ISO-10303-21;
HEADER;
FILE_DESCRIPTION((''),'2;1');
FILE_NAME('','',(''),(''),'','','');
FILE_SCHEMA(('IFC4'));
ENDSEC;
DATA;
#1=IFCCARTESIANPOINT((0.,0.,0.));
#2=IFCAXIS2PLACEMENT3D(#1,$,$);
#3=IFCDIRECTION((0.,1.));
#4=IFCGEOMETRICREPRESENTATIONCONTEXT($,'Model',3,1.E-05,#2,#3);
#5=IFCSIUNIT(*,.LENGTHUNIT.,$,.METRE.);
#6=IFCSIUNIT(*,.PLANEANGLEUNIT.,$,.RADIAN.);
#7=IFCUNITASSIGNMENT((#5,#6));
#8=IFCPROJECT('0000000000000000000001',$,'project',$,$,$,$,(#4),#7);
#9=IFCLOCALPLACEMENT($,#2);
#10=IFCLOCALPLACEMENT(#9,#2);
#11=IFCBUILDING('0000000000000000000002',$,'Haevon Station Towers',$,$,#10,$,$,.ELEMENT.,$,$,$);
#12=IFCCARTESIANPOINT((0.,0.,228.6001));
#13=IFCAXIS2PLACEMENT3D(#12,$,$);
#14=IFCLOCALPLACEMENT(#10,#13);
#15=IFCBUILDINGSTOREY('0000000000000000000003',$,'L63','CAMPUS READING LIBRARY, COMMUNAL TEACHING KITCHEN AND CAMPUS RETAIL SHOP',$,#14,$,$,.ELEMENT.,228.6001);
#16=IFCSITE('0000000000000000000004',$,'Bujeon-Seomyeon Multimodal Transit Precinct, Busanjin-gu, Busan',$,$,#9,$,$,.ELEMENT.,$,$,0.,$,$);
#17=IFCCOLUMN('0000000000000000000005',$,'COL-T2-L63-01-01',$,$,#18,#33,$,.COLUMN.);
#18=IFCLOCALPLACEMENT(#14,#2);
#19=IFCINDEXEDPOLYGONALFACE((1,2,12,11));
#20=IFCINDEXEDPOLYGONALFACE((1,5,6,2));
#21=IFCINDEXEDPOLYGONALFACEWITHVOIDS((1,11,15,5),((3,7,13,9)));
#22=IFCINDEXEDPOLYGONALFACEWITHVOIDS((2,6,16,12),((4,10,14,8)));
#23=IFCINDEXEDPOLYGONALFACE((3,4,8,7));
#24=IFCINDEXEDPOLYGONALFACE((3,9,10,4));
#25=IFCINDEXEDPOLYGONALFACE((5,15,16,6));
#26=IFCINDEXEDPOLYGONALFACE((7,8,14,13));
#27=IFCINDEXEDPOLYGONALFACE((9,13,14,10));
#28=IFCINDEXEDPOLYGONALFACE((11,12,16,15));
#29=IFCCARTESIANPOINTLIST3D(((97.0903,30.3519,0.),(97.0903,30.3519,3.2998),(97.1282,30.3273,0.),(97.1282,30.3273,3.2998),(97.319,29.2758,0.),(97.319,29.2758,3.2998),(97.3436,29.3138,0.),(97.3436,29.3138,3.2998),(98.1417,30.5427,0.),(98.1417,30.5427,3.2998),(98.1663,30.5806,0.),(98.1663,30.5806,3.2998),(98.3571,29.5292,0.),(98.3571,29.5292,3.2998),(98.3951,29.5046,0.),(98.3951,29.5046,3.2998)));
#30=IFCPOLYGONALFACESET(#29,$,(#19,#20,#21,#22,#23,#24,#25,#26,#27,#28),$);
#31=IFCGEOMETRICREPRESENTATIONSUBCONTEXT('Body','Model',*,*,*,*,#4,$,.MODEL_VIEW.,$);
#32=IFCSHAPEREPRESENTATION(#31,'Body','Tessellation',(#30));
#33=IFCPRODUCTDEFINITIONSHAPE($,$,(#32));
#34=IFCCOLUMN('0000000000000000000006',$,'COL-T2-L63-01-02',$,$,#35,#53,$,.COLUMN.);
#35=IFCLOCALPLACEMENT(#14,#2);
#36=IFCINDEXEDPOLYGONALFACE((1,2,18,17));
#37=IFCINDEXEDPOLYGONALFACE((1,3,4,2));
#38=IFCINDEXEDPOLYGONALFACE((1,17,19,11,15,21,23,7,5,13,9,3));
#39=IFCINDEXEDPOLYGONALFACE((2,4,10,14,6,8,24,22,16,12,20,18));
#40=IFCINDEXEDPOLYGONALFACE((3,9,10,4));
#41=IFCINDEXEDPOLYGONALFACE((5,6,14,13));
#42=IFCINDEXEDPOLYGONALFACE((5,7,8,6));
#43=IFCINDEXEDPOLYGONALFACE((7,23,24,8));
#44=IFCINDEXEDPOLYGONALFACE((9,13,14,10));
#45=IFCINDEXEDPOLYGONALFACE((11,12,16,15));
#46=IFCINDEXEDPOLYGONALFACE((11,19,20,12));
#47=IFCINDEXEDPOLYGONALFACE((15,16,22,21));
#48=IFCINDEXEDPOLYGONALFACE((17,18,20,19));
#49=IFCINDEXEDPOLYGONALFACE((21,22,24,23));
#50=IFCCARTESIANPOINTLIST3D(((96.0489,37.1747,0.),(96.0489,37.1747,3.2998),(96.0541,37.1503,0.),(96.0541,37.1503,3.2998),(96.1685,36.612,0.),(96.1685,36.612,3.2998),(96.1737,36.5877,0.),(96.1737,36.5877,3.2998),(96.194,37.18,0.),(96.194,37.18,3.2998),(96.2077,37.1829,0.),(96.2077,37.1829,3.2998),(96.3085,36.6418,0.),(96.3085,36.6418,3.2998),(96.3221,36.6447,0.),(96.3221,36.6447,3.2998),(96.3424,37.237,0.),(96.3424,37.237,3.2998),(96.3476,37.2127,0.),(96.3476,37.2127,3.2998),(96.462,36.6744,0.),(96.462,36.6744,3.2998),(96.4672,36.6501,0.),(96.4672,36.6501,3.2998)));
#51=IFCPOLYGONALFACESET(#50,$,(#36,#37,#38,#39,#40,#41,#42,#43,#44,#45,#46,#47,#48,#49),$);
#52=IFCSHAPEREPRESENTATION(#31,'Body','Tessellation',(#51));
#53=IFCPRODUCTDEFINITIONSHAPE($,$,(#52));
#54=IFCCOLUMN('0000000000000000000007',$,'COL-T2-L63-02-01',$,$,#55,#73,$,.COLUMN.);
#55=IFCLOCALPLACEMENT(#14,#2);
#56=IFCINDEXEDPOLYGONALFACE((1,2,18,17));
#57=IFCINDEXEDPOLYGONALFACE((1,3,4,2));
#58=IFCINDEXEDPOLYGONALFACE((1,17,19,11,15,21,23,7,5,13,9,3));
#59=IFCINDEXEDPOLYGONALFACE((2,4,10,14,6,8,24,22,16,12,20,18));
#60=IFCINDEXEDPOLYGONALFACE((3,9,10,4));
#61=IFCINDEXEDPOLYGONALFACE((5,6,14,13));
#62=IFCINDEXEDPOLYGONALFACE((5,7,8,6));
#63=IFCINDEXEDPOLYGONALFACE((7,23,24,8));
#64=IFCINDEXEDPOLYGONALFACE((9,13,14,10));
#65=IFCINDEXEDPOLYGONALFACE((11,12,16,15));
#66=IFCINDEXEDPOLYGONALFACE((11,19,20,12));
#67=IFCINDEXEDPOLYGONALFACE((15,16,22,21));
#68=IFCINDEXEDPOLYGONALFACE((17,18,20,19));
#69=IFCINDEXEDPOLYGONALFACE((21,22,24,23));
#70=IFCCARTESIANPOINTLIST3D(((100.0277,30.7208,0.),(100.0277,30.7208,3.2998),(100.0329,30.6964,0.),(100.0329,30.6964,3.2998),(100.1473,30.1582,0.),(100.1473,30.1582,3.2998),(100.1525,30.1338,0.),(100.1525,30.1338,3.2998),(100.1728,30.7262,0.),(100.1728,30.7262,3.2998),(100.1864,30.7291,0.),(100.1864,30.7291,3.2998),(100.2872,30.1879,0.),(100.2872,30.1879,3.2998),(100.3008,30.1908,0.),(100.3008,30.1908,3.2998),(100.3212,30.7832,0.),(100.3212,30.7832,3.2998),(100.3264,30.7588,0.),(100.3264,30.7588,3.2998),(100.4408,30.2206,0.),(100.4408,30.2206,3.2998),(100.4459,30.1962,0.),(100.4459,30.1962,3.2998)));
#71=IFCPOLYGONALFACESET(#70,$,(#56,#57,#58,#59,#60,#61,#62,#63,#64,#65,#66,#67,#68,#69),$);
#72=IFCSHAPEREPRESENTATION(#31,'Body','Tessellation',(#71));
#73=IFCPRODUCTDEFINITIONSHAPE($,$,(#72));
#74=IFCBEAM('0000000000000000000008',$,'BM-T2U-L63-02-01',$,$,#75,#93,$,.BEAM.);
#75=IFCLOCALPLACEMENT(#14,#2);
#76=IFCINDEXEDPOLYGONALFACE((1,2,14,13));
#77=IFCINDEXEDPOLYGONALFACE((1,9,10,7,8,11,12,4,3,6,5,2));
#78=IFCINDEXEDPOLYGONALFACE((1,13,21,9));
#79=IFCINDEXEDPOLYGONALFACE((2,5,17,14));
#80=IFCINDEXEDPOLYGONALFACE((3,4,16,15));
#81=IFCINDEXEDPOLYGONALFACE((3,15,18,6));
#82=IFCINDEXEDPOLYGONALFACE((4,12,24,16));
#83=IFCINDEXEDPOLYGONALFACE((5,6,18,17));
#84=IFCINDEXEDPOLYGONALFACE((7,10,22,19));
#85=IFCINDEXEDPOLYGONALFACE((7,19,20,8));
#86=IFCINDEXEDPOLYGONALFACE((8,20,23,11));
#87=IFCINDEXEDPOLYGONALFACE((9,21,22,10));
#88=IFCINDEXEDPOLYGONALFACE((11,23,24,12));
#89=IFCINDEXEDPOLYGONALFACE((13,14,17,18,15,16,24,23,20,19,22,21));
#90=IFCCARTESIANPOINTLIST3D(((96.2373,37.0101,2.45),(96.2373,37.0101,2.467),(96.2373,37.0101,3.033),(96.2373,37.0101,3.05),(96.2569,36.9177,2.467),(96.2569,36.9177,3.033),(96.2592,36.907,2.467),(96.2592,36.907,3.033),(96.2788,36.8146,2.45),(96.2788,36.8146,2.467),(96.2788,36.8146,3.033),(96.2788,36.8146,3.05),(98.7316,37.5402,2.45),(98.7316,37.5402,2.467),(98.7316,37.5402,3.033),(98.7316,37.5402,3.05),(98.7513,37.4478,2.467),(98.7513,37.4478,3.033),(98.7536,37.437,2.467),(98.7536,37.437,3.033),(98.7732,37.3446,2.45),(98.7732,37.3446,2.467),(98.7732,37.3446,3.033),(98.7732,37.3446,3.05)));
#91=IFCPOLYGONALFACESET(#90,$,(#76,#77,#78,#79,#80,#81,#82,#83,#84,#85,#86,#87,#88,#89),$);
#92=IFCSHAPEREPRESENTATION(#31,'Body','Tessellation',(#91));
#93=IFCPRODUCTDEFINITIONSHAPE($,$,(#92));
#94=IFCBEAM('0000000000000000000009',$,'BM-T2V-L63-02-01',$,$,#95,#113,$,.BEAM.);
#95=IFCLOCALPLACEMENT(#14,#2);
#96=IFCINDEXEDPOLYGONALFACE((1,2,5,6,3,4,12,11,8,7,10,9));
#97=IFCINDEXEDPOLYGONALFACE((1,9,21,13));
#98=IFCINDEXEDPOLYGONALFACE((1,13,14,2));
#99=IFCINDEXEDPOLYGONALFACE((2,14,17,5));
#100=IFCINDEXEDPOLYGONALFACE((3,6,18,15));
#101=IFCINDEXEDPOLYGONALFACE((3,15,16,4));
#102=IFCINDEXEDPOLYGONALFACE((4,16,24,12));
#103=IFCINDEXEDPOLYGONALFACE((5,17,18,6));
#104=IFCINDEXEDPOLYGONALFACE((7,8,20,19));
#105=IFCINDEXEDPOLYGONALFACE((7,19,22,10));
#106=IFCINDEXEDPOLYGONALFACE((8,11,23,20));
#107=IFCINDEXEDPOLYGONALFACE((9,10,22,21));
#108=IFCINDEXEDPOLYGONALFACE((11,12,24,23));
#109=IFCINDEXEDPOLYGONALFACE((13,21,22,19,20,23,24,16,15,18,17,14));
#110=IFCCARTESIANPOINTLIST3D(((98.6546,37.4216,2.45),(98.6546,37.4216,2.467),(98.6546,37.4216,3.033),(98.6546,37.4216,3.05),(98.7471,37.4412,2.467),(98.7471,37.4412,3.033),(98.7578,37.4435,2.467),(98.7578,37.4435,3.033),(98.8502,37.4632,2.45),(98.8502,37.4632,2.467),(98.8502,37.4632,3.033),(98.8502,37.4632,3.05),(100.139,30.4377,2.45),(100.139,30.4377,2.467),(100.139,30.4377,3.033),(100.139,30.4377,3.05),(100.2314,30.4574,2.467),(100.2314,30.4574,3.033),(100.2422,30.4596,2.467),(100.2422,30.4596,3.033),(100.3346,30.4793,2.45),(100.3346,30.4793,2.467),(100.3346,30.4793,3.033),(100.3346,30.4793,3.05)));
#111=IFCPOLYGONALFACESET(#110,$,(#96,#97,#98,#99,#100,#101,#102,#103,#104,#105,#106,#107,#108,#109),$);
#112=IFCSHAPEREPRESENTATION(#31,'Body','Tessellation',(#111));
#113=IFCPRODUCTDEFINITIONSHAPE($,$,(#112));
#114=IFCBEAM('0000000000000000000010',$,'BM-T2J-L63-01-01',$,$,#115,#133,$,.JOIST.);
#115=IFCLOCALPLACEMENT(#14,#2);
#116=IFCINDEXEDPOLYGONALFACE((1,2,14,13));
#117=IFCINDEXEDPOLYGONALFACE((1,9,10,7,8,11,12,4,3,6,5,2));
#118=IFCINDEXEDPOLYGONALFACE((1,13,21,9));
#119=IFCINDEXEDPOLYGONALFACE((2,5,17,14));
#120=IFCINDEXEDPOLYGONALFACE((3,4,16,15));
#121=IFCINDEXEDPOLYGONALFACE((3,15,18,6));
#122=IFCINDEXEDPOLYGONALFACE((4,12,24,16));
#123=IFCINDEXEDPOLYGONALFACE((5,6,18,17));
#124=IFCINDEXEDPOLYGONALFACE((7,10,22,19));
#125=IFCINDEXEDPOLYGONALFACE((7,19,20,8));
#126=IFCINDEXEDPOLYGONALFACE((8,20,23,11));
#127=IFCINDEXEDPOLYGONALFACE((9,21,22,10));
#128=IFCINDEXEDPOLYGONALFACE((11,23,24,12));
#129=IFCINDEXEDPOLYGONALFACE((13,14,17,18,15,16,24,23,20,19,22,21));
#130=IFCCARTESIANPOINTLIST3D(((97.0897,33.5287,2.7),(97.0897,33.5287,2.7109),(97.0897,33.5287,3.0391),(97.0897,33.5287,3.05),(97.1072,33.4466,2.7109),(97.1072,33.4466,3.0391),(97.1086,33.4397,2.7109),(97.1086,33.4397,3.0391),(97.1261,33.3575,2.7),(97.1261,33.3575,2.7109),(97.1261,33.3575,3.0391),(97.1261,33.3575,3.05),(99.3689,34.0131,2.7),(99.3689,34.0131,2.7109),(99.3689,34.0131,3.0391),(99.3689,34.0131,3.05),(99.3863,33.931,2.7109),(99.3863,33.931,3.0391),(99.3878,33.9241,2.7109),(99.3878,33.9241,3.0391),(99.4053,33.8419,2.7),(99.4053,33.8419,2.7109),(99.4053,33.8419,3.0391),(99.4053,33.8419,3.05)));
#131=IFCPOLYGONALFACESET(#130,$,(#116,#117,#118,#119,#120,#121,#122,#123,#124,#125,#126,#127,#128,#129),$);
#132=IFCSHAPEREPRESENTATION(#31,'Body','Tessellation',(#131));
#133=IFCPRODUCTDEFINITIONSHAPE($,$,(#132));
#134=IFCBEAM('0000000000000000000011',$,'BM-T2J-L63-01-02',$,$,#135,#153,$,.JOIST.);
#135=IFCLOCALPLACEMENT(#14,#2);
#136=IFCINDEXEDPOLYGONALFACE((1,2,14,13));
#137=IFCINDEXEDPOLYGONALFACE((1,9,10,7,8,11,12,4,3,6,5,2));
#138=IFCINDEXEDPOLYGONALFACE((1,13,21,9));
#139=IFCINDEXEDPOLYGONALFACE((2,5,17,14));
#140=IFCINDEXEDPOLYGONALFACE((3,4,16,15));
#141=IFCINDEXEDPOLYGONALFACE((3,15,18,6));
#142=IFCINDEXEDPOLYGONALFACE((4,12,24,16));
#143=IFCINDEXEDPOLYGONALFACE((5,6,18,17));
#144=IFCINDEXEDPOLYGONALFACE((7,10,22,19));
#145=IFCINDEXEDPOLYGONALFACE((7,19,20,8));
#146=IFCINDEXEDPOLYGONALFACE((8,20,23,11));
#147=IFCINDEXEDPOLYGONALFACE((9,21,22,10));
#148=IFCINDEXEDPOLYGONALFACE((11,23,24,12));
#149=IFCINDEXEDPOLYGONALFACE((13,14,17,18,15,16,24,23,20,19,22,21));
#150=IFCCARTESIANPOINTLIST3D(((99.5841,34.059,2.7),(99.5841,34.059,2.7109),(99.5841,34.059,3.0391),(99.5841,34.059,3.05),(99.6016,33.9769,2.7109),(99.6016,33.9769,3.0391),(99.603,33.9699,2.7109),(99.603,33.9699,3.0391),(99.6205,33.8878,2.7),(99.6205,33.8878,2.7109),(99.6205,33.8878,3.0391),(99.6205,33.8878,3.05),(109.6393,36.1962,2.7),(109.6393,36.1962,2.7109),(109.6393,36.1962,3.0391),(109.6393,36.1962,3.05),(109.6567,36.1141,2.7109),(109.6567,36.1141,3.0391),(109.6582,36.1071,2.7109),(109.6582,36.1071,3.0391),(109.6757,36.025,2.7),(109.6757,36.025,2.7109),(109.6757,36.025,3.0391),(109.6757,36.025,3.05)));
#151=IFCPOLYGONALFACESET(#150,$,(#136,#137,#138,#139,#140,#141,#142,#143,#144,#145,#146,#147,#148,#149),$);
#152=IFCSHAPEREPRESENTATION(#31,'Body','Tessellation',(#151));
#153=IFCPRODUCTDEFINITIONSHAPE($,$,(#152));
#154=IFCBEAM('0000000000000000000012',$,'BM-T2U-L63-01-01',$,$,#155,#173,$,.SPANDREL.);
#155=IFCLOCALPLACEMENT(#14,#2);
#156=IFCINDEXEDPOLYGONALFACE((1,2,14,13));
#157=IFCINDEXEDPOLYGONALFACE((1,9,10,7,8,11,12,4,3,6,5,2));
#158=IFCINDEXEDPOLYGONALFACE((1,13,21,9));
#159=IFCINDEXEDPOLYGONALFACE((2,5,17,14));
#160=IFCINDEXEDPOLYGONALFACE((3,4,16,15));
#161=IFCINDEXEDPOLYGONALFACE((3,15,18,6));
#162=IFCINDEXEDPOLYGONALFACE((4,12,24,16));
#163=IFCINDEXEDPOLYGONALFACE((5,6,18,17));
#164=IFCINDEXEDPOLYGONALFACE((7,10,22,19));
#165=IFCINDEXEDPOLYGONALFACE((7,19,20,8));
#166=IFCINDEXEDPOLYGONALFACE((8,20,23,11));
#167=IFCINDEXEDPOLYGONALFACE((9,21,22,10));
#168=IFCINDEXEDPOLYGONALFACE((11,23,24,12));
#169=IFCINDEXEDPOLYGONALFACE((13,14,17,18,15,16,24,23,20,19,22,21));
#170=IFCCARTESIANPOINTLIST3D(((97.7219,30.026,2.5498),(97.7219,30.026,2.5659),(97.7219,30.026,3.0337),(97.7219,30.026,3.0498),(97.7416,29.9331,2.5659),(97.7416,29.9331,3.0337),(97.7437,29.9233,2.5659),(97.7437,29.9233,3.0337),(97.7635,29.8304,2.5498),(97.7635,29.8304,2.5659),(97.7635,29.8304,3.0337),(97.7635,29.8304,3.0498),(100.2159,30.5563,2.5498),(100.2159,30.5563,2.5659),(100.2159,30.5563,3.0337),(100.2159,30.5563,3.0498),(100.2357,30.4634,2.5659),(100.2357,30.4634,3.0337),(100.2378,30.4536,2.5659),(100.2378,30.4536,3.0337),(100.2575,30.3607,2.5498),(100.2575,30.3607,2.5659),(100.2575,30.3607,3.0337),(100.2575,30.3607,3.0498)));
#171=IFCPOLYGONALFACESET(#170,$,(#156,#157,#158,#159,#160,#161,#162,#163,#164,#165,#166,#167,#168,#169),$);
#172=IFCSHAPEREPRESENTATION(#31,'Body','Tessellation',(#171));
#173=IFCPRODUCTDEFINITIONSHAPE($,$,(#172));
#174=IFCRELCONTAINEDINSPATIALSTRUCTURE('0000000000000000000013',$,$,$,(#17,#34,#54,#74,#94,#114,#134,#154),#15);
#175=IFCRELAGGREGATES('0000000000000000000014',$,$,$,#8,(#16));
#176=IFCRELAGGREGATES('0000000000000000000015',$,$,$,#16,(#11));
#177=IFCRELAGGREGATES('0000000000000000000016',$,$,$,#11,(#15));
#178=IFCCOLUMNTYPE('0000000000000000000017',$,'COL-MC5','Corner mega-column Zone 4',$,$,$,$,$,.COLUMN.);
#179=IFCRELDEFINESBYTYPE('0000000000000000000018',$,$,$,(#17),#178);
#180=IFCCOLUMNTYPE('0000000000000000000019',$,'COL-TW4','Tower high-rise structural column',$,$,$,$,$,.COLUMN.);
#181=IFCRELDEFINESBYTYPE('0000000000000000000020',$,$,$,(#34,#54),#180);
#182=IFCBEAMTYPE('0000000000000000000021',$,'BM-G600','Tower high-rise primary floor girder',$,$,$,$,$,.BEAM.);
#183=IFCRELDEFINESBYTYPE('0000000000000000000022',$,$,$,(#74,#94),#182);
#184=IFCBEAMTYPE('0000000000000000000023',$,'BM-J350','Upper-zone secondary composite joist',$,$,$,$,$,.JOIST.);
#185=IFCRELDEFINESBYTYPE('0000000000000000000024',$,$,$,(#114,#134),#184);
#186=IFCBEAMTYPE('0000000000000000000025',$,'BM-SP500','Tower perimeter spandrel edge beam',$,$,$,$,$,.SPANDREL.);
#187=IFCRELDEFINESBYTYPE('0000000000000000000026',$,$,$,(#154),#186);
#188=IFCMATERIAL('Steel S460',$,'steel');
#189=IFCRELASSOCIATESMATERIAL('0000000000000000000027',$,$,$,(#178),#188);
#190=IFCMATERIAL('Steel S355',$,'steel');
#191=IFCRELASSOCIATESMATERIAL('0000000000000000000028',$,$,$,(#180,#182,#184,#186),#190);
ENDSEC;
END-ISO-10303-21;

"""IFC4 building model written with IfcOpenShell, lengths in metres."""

from ifc_helpers import new_model, si_unit, direction, frame, origin, origin_2d, place, context, subcontext, project, spatial, hollow_rectangle, i_section, extrude, material, material_profile, profile_set, type_object, element, save


model = new_model("IFC4")

# Units and contexts
model_context = context("Model", 3, precision=1e-05, world=origin(), true_north=direction((0.0, 1.0)))
body_context = subcontext(model_context, "Body", "Model", "MODEL_VIEW")
ifc_project = project(units=[si_unit("LENGTHUNIT", "METRE"), si_unit("PLANEANGLEUNIT", "RADIAN")], contexts=[model_context])

# Site, building, storey
site_placement = place(None, origin())
site = spatial("IfcSite", under=ifc_project, at=site_placement, Name="Bujeon-Seomyeon Multimodal Transit Precinct, Busanjin-gu, Busan", CompositionType="ELEMENT", RefElevation=0.0)
building_placement = place(site_placement, origin())
building = spatial("IfcBuilding", under=site, at=building_placement, Name="Haevon Station Towers", CompositionType="ELEMENT")
storey_placement = place(building_placement, frame((0.0, 0.0, 228.6001)))
storey = spatial("IfcBuildingStorey", under=building, at=storey_placement, Name="L63", Description="CAMPUS READING LIBRARY, COMMUNAL TEACHING KITCHEN AND CAMPUS RETAIL SHOP", CompositionType="ELEMENT", Elevation=228.6001)

# Columns
ifc_material_1 = material(Name="Steel S460", Category="steel")
ifc_material_profile_1 = material_profile(ifc_material_1, hollow_rectangle(XDim=1.1001, YDim=1.1001, WallThickness=0.032, at=origin_2d()), Name="BOX-1100x1100x32")
ifc_profile_set_1 = profile_set([ifc_material_profile_1], Name="Steel S460")
column_type_1 = type_object("IfcColumnType", Name="COL-MC5", Description="Corner mega-column Zone 4", PredefinedType="COLUMN", material=ifc_profile_set_1)
column_placement = place(storey_placement, frame((97.7427, 29.9282, 0.0), z_axis=(0.0, 0.0, 1.0), x_axis=(0.978148, 0.207912, 0.0)))
element("IfcColumn", 1, at=column_placement, inside=storey, type_object=column_type_1, Name="COL-T2-L63-01-01", PredefinedType="COLUMN", context=body_context, shape_type="SweptSolid", body=[
    extrude(hollow_rectangle(XDim=1.1001, YDim=1.1001, WallThickness=0.032, at=origin_2d()), origin(), (0.0, 0.0, 1.0), 3.2998),
])
ifc_material_2 = material(Name="Steel S355", Category="steel")
ifc_material_profile_2 = material_profile(ifc_material_2, i_section(OverallWidth=0.3, OverallDepth=0.6001, WebThickness=0.0139, FlangeThickness=0.0249, at=origin_2d()), Name="H-600x300x14x25")
ifc_profile_set_2 = profile_set([ifc_material_profile_2], Name="Steel S355")
column_type_2 = type_object("IfcColumnType", Name="COL-TW4", Description="Tower high-rise structural column", PredefinedType="COLUMN", material=ifc_profile_set_2)
for number, where, z_axis, x_axis, name in (
    (2, (96.2581, 36.9124, 0.0), (0.0, 0.0, 1.0), (0.978148, 0.207912, 0.0), "COL-T2-L63-01-02"),
    (3, (100.2368, 30.4585, 0.0), (0.0, 0.0, 1.0), (0.978148, 0.207912, 0.0), "COL-T2-L63-02-01"),
):
    element("IfcColumn", number, at=place(storey_placement, frame(where, z_axis=z_axis, x_axis=x_axis)), inside=storey, type_object=column_type_2, Name=name, PredefinedType="COLUMN", context=body_context, shape_type="SweptSolid", body=[
        extrude(i_section(OverallWidth=0.3, OverallDepth=0.6001, WebThickness=0.0139, FlangeThickness=0.0249, at=origin_2d()), origin(), (0.0, 0.0, 1.0), 3.2998),
    ])

# Beams
ifc_material_profile_3 = material_profile(ifc_material_2, i_section(OverallWidth=0.2, OverallDepth=0.6001, WebThickness=0.011, FlangeThickness=0.0171, at=origin_2d()), Name="H-600x200x11x17")
ifc_profile_set_3 = profile_set([ifc_material_profile_3], Name="Steel S355")
beam_type_1 = type_object("IfcBeamType", Name="BM-G600", Description="Tower high-rise primary floor girder", PredefinedType="BEAM", material=ifc_profile_set_3)
beam_1_placement = place(storey_placement, frame((96.2581, 36.9124, 2.75), z_axis=(0.978161, 0.207848, 0.0), x_axis=(-0.207848, 0.978161, 0.0)))
element("IfcBeam", 4, at=beam_1_placement, inside=storey, type_object=beam_type_1, Name="BM-T2U-L63-02-01", PredefinedType="BEAM", context=body_context, shape_type="SweptSolid", body=[
    extrude(i_section(OverallWidth=0.2, OverallDepth=0.6001, WebThickness=0.011, FlangeThickness=0.0171, at=origin_2d()), origin(), (0.0, 0.0, 1.0), 2.55),
])
beam_2_placement = place(storey_placement, frame((100.2368, 30.4585, 2.75), z_axis=(-0.207899, 0.97815, 0.0), x_axis=(-0.97815, -0.207899, 0.0)))
element("IfcBeam", 5, at=beam_2_placement, inside=storey, type_object=beam_type_1, Name="BM-T2V-L63-02-01", PredefinedType="BEAM", context=body_context, shape_type="SweptSolid", body=[
    extrude(i_section(OverallWidth=0.2, OverallDepth=0.6001, WebThickness=0.011, FlangeThickness=0.0171, at=origin_2d()), origin(), (0.0, 0.0, 1.0), 7.1399),
])
ifc_material_profile_4 = material_profile(ifc_material_2, i_section(OverallWidth=0.175, OverallDepth=0.3501, WebThickness=0.0071, FlangeThickness=0.011, at=origin_2d()), Name="H-350x175x7x11")
ifc_profile_set_4 = profile_set([ifc_material_profile_4], Name="Steel S355")
beam_type_2 = type_object("IfcBeamType", Name="BM-J350", Description="Upper-zone secondary composite joist", PredefinedType="JOIST", material=ifc_profile_set_4)
beam_3_placement = place(storey_placement, frame((97.1079, 33.4431, 2.875), z_axis=(0.978152, 0.20789, 0.0), x_axis=(-0.20789, 0.978152, 0.0)))
element("IfcBeam", 6, at=beam_3_placement, inside=storey, type_object=beam_type_2, Name="BM-T2J-L63-01-01", PredefinedType="JOIST", context=body_context, shape_type="SweptSolid", body=[
    extrude(i_section(OverallWidth=0.175, OverallDepth=0.3501, WebThickness=0.0071, FlangeThickness=0.011, at=origin_2d()), origin(), (0.0, 0.0, 1.0), 2.3301),
])
beam_4_placement = place(storey_placement, frame((99.6023, 33.9734, 2.875), z_axis=(0.978149, 0.207904, 0.0), x_axis=(-0.207904, 0.978149, 0.0)))
element("IfcBeam", 7, at=beam_4_placement, inside=storey, type_object=beam_type_2, Name="BM-T2J-L63-01-02", PredefinedType="JOIST", context=body_context, shape_type="SweptSolid", body=[
    extrude(i_section(OverallWidth=0.175, OverallDepth=0.3501, WebThickness=0.0071, FlangeThickness=0.011, at=origin_2d()), origin(), (0.0, 0.0, 1.0), 10.2798),
])
ifc_material_profile_5 = material_profile(ifc_material_2, i_section(OverallWidth=0.2, OverallDepth=0.5, WebThickness=0.01, FlangeThickness=0.0161, at=origin_2d()), Name="H-500x200x10x16")
ifc_profile_set_5 = profile_set([ifc_material_profile_5], Name="Steel S355")
beam_type_3 = type_object("IfcBeamType", Name="BM-SP500", Description="Tower perimeter spandrel edge beam", PredefinedType="SPANDREL", material=ifc_profile_set_5)
beam_5_placement = place(storey_placement, frame((97.7427, 29.9282, 2.7998), z_axis=(0.978137, 0.20796, 0.0), x_axis=(-0.20796, 0.978137, 0.0)))
element("IfcBeam", 8, at=beam_5_placement, inside=storey, type_object=beam_type_3, Name="BM-T2U-L63-01-01", PredefinedType="SPANDREL", context=body_context, shape_type="SweptSolid", body=[
    extrude(i_section(OverallWidth=0.2, OverallDepth=0.5, WebThickness=0.01, FlangeThickness=0.0161, at=origin_2d()), origin(), (0.0, 0.0, 1.0), 2.5498),
])

save(model, "model.ifc")
